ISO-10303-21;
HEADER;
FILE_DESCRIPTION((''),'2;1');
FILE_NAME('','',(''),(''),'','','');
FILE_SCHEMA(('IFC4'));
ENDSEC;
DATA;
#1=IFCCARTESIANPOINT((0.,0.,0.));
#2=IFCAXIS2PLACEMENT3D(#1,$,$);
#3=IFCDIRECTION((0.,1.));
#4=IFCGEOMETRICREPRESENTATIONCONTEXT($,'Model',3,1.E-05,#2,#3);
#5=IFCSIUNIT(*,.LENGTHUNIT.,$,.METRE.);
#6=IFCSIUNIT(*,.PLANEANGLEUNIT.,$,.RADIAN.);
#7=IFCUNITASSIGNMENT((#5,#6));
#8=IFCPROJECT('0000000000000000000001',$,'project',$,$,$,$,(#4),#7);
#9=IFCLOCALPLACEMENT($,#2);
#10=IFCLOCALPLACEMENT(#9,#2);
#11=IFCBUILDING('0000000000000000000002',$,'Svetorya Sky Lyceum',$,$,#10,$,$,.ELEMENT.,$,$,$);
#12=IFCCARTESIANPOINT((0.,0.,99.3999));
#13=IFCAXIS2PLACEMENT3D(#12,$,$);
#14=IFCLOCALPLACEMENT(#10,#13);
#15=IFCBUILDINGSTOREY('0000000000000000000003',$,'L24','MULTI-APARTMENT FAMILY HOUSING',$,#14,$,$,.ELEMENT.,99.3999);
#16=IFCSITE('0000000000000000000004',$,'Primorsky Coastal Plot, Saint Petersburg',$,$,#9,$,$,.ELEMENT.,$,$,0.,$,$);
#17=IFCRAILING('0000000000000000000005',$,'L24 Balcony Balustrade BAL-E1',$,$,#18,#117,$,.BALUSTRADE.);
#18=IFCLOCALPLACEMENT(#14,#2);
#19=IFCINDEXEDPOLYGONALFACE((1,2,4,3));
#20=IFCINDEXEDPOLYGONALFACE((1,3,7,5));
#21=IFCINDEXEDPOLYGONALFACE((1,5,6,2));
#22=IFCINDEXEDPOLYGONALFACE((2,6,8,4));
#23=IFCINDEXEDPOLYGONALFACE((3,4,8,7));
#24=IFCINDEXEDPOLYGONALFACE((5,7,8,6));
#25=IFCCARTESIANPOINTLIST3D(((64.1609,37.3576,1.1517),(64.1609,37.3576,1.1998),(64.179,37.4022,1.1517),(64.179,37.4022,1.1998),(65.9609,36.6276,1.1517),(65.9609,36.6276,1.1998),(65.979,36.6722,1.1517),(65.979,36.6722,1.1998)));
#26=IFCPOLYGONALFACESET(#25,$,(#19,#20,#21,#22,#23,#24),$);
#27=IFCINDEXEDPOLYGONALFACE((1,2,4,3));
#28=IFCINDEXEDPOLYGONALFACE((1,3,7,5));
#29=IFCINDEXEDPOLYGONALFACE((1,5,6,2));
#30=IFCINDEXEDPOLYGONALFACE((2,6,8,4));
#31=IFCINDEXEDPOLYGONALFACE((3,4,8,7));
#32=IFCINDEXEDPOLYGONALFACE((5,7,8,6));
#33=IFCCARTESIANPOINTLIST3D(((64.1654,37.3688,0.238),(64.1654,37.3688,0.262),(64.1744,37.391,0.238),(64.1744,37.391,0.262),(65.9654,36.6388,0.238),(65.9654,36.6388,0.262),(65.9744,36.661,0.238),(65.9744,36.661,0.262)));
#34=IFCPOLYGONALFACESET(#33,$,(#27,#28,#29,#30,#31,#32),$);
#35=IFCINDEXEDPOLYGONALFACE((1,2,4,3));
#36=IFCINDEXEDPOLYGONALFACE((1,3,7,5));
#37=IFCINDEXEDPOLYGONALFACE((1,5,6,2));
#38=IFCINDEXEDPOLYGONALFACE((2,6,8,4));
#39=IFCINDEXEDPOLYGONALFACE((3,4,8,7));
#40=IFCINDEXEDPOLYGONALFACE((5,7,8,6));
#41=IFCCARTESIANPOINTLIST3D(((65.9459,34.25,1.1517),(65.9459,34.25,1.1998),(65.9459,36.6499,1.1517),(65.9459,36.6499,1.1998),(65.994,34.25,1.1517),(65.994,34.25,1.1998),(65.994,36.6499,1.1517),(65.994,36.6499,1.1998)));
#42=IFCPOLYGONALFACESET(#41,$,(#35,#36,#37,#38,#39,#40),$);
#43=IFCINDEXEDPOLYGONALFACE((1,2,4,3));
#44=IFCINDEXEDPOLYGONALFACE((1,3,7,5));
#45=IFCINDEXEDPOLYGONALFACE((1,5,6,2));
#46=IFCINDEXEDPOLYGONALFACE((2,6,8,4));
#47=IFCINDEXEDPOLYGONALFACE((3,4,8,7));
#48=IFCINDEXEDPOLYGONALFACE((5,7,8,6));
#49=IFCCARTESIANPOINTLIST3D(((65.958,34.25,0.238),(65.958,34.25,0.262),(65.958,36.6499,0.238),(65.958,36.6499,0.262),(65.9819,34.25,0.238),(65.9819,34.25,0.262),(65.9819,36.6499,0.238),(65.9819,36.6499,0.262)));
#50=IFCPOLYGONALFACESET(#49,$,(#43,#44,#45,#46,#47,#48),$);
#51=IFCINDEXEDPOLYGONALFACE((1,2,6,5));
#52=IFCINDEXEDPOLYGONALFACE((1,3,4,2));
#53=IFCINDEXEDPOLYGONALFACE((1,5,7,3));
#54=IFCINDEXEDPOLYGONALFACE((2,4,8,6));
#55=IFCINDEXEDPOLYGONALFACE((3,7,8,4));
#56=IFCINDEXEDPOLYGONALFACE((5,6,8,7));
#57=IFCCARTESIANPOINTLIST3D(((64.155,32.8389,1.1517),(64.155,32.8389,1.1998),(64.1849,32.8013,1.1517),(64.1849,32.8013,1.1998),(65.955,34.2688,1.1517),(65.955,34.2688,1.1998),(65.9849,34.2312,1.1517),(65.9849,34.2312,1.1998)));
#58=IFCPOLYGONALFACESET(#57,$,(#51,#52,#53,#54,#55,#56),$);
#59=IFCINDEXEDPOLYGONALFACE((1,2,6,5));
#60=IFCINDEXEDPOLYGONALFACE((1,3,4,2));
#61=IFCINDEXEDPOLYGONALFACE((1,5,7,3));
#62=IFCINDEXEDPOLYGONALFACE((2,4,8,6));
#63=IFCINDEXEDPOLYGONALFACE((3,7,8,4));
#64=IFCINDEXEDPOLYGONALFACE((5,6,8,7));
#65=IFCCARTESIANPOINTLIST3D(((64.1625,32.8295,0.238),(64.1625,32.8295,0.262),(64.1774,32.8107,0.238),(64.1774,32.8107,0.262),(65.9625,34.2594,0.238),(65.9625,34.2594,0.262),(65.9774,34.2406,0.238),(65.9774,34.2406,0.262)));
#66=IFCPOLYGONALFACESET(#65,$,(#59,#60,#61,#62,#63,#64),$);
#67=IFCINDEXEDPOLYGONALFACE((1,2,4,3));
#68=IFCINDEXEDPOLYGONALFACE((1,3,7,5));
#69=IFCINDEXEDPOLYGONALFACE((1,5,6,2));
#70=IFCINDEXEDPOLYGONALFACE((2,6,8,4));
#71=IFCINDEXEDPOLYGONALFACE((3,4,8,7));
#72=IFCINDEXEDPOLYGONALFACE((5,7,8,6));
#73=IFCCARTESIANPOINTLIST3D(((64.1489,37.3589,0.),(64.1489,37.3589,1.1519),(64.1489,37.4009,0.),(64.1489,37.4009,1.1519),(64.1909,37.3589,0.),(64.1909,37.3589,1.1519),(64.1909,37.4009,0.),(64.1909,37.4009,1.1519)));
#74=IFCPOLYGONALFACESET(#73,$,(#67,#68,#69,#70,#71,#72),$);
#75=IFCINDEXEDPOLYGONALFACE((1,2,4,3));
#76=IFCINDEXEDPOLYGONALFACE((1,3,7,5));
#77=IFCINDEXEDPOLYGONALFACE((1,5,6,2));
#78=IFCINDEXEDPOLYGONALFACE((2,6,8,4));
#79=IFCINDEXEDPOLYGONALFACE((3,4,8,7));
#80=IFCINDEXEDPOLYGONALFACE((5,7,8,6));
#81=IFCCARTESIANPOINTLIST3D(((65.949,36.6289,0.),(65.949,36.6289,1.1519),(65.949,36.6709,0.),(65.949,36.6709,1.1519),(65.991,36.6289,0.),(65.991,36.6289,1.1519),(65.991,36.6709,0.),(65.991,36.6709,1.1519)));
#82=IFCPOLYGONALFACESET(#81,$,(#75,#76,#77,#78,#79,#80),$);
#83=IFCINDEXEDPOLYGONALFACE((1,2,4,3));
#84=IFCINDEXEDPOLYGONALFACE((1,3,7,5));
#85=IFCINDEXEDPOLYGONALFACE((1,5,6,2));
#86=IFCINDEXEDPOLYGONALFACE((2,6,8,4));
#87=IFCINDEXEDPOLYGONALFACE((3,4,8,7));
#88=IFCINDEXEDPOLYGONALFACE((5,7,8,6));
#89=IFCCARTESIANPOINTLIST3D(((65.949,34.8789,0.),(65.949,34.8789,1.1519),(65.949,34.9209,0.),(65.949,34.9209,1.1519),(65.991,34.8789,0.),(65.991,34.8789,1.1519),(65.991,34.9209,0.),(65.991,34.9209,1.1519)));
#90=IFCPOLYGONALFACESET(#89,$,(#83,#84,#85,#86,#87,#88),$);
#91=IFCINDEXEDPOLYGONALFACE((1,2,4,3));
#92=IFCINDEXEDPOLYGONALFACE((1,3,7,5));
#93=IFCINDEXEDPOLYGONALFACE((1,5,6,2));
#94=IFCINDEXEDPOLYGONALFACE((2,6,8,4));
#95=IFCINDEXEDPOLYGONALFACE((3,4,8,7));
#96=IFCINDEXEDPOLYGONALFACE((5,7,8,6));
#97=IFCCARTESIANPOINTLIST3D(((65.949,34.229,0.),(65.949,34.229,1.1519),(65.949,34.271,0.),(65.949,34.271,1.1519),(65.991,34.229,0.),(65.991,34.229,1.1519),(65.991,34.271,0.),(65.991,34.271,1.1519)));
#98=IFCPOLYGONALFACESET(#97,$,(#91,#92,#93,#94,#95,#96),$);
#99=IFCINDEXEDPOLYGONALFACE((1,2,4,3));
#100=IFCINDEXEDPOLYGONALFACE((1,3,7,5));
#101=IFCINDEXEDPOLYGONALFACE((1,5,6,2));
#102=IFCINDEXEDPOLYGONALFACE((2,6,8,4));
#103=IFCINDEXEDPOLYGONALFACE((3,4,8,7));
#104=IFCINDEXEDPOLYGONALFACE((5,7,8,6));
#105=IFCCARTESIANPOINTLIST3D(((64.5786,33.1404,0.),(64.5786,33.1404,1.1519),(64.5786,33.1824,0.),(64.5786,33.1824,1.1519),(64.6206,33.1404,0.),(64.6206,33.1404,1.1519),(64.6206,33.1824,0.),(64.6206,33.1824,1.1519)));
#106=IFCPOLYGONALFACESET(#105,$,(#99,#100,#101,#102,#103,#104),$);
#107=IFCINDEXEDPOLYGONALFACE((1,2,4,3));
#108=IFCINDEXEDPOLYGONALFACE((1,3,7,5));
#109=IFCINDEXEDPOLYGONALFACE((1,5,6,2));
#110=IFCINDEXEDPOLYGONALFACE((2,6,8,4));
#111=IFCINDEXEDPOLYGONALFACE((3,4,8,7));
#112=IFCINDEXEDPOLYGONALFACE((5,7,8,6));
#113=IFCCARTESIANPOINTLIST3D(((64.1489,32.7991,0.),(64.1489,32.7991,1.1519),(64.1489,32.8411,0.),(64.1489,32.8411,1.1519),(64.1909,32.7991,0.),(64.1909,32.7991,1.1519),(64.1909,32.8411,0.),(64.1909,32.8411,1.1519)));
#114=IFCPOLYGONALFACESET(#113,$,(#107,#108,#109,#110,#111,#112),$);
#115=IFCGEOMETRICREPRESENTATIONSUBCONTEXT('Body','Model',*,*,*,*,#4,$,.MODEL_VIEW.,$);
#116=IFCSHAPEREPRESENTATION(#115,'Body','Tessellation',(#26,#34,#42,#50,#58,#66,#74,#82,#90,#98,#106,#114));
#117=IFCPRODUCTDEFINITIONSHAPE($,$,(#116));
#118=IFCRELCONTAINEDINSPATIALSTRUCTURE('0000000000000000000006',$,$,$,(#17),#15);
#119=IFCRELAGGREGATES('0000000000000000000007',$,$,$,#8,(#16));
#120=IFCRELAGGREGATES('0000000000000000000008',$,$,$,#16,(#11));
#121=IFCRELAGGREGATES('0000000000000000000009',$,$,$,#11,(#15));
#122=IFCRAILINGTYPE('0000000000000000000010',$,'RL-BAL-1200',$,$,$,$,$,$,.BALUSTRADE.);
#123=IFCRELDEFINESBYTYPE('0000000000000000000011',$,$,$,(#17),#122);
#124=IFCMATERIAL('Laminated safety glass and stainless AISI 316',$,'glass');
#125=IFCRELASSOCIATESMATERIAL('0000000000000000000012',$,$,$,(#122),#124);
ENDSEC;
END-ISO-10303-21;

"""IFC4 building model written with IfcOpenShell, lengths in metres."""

from ifc_helpers import new_model, si_unit, direction, frame, origin, origin_2d, place, context, subcontext, project, spatial, rectangle, extrude, material, type_object, element, save


model = new_model("IFC4")

# Units and contexts
model_context = context("Model", 3, precision=1e-05, world=origin(), true_north=direction((0.0, 1.0)))
body_context = subcontext(model_context, "Body", "Model", "MODEL_VIEW")
ifc_project = project(units=[si_unit("LENGTHUNIT", "METRE"), si_unit("PLANEANGLEUNIT", "RADIAN")], contexts=[model_context])

# Site, building, storey
site_placement = place(None, origin())
site = spatial("IfcSite", under=ifc_project, at=site_placement, Name="Primorsky Coastal Plot, Saint Petersburg", CompositionType="ELEMENT", RefElevation=0.0)
building_placement = place(site_placement, origin())
building = spatial("IfcBuilding", under=site, at=building_placement, Name="Svetorya Sky Lyceum", CompositionType="ELEMENT")
storey_placement = place(building_placement, frame((0.0, 0.0, 99.3999)))
storey = spatial("IfcBuildingStorey", under=building, at=storey_placement, Name="L24", Description="MULTI-APARTMENT FAMILY HOUSING", CompositionType="ELEMENT", Elevation=99.3999)

# Railing
ifc_material_1 = material(Name="Laminated safety glass and stainless AISI 316", Category="glass")
railing_type = type_object("IfcRailingType", Name="RL-BAL-1200", PredefinedType="BALUSTRADE", material=ifc_material_1)
railing_placement = place(storey_placement, frame((64.1699, 37.3799, 0.0)))
element("IfcRailing", 1, at=railing_placement, inside=storey, type_object=railing_type, Name="L24 Balcony Balustrade BAL-E1", PredefinedType="BALUSTRADE", context=body_context, shape_type="SweptSolid", body=[
    extrude(rectangle(XDim=0.0481, YDim=0.0481, at=origin_2d()), frame((0.0, 0.0, 1.1758), z_axis=(0.926698, -0.375807, 0.0), x_axis=(0.375807, 0.926698, 0.0)), (0.0, 0.0, 1.0), 1.9424),
    extrude(rectangle(XDim=0.0239, YDim=0.0239, at=origin_2d()), frame((0.0, 0.0, 0.25), z_axis=(0.926698, -0.375807, 0.0), x_axis=(0.375807, 0.926698, 0.0)), (0.0, 0.0, 1.0), 1.9424),
    extrude(rectangle(XDim=0.0481, YDim=0.0481, at=origin_2d()), frame((1.8, -0.73, 1.1758), z_axis=(0.0, -1.0, 0.0), x_axis=(1.0, 0.0, 0.0)), (0.0, 0.0, 1.0), 2.3999),
    extrude(rectangle(XDim=0.0239, YDim=0.0239, at=origin_2d()), frame((1.8, -0.73, 0.25), z_axis=(0.0, -1.0, 0.0), x_axis=(1.0, 0.0, 0.0)), (0.0, 0.0, 1.0), 2.3999),
    extrude(rectangle(XDim=0.0481, YDim=0.0481, at=origin_2d()), frame((1.8, -3.1299, 1.1758), z_axis=(-0.783009, -0.62201, 0.0), x_axis=(0.62201, -0.783009, 0.0)), (0.0, 0.0, 1.0), 2.2988),
    extrude(rectangle(XDim=0.0239, YDim=0.0239, at=origin_2d()), frame((1.8, -3.1299, 0.25), z_axis=(-0.783009, -0.62201, 0.0), x_axis=(0.62201, -0.783009, 0.0)), (0.0, 0.0, 1.0), 2.2988),
    extrude(rectangle(XDim=0.042, YDim=0.042, at=origin_2d()), origin(), (0.0, 0.0, 1.0), 1.1519),
    extrude(rectangle(XDim=0.042, YDim=0.042, at=origin_2d()), frame((1.8, -0.73, 0.0)), (0.0, 0.0, 1.0), 1.1519),
    extrude(rectangle(XDim=0.042, YDim=0.042, at=origin_2d()), frame((1.8, -2.48, 0.0)), (0.0, 0.0, 1.0), 1.1519),
    extrude(rectangle(XDim=0.042, YDim=0.042, at=origin_2d()), frame((1.8, -3.1299, 0.0)), (0.0, 0.0, 1.0), 1.1519),
    extrude(rectangle(XDim=0.042, YDim=0.042, at=origin_2d()), frame((0.4297, -4.2185, 0.0)), (0.0, 0.0, 1.0), 1.1519),
    extrude(rectangle(XDim=0.042, YDim=0.042, at=origin_2d()), frame((0.0, -4.5598, 0.0)), (0.0, 0.0, 1.0), 1.1519),
])

save(model, "model.ifc")
